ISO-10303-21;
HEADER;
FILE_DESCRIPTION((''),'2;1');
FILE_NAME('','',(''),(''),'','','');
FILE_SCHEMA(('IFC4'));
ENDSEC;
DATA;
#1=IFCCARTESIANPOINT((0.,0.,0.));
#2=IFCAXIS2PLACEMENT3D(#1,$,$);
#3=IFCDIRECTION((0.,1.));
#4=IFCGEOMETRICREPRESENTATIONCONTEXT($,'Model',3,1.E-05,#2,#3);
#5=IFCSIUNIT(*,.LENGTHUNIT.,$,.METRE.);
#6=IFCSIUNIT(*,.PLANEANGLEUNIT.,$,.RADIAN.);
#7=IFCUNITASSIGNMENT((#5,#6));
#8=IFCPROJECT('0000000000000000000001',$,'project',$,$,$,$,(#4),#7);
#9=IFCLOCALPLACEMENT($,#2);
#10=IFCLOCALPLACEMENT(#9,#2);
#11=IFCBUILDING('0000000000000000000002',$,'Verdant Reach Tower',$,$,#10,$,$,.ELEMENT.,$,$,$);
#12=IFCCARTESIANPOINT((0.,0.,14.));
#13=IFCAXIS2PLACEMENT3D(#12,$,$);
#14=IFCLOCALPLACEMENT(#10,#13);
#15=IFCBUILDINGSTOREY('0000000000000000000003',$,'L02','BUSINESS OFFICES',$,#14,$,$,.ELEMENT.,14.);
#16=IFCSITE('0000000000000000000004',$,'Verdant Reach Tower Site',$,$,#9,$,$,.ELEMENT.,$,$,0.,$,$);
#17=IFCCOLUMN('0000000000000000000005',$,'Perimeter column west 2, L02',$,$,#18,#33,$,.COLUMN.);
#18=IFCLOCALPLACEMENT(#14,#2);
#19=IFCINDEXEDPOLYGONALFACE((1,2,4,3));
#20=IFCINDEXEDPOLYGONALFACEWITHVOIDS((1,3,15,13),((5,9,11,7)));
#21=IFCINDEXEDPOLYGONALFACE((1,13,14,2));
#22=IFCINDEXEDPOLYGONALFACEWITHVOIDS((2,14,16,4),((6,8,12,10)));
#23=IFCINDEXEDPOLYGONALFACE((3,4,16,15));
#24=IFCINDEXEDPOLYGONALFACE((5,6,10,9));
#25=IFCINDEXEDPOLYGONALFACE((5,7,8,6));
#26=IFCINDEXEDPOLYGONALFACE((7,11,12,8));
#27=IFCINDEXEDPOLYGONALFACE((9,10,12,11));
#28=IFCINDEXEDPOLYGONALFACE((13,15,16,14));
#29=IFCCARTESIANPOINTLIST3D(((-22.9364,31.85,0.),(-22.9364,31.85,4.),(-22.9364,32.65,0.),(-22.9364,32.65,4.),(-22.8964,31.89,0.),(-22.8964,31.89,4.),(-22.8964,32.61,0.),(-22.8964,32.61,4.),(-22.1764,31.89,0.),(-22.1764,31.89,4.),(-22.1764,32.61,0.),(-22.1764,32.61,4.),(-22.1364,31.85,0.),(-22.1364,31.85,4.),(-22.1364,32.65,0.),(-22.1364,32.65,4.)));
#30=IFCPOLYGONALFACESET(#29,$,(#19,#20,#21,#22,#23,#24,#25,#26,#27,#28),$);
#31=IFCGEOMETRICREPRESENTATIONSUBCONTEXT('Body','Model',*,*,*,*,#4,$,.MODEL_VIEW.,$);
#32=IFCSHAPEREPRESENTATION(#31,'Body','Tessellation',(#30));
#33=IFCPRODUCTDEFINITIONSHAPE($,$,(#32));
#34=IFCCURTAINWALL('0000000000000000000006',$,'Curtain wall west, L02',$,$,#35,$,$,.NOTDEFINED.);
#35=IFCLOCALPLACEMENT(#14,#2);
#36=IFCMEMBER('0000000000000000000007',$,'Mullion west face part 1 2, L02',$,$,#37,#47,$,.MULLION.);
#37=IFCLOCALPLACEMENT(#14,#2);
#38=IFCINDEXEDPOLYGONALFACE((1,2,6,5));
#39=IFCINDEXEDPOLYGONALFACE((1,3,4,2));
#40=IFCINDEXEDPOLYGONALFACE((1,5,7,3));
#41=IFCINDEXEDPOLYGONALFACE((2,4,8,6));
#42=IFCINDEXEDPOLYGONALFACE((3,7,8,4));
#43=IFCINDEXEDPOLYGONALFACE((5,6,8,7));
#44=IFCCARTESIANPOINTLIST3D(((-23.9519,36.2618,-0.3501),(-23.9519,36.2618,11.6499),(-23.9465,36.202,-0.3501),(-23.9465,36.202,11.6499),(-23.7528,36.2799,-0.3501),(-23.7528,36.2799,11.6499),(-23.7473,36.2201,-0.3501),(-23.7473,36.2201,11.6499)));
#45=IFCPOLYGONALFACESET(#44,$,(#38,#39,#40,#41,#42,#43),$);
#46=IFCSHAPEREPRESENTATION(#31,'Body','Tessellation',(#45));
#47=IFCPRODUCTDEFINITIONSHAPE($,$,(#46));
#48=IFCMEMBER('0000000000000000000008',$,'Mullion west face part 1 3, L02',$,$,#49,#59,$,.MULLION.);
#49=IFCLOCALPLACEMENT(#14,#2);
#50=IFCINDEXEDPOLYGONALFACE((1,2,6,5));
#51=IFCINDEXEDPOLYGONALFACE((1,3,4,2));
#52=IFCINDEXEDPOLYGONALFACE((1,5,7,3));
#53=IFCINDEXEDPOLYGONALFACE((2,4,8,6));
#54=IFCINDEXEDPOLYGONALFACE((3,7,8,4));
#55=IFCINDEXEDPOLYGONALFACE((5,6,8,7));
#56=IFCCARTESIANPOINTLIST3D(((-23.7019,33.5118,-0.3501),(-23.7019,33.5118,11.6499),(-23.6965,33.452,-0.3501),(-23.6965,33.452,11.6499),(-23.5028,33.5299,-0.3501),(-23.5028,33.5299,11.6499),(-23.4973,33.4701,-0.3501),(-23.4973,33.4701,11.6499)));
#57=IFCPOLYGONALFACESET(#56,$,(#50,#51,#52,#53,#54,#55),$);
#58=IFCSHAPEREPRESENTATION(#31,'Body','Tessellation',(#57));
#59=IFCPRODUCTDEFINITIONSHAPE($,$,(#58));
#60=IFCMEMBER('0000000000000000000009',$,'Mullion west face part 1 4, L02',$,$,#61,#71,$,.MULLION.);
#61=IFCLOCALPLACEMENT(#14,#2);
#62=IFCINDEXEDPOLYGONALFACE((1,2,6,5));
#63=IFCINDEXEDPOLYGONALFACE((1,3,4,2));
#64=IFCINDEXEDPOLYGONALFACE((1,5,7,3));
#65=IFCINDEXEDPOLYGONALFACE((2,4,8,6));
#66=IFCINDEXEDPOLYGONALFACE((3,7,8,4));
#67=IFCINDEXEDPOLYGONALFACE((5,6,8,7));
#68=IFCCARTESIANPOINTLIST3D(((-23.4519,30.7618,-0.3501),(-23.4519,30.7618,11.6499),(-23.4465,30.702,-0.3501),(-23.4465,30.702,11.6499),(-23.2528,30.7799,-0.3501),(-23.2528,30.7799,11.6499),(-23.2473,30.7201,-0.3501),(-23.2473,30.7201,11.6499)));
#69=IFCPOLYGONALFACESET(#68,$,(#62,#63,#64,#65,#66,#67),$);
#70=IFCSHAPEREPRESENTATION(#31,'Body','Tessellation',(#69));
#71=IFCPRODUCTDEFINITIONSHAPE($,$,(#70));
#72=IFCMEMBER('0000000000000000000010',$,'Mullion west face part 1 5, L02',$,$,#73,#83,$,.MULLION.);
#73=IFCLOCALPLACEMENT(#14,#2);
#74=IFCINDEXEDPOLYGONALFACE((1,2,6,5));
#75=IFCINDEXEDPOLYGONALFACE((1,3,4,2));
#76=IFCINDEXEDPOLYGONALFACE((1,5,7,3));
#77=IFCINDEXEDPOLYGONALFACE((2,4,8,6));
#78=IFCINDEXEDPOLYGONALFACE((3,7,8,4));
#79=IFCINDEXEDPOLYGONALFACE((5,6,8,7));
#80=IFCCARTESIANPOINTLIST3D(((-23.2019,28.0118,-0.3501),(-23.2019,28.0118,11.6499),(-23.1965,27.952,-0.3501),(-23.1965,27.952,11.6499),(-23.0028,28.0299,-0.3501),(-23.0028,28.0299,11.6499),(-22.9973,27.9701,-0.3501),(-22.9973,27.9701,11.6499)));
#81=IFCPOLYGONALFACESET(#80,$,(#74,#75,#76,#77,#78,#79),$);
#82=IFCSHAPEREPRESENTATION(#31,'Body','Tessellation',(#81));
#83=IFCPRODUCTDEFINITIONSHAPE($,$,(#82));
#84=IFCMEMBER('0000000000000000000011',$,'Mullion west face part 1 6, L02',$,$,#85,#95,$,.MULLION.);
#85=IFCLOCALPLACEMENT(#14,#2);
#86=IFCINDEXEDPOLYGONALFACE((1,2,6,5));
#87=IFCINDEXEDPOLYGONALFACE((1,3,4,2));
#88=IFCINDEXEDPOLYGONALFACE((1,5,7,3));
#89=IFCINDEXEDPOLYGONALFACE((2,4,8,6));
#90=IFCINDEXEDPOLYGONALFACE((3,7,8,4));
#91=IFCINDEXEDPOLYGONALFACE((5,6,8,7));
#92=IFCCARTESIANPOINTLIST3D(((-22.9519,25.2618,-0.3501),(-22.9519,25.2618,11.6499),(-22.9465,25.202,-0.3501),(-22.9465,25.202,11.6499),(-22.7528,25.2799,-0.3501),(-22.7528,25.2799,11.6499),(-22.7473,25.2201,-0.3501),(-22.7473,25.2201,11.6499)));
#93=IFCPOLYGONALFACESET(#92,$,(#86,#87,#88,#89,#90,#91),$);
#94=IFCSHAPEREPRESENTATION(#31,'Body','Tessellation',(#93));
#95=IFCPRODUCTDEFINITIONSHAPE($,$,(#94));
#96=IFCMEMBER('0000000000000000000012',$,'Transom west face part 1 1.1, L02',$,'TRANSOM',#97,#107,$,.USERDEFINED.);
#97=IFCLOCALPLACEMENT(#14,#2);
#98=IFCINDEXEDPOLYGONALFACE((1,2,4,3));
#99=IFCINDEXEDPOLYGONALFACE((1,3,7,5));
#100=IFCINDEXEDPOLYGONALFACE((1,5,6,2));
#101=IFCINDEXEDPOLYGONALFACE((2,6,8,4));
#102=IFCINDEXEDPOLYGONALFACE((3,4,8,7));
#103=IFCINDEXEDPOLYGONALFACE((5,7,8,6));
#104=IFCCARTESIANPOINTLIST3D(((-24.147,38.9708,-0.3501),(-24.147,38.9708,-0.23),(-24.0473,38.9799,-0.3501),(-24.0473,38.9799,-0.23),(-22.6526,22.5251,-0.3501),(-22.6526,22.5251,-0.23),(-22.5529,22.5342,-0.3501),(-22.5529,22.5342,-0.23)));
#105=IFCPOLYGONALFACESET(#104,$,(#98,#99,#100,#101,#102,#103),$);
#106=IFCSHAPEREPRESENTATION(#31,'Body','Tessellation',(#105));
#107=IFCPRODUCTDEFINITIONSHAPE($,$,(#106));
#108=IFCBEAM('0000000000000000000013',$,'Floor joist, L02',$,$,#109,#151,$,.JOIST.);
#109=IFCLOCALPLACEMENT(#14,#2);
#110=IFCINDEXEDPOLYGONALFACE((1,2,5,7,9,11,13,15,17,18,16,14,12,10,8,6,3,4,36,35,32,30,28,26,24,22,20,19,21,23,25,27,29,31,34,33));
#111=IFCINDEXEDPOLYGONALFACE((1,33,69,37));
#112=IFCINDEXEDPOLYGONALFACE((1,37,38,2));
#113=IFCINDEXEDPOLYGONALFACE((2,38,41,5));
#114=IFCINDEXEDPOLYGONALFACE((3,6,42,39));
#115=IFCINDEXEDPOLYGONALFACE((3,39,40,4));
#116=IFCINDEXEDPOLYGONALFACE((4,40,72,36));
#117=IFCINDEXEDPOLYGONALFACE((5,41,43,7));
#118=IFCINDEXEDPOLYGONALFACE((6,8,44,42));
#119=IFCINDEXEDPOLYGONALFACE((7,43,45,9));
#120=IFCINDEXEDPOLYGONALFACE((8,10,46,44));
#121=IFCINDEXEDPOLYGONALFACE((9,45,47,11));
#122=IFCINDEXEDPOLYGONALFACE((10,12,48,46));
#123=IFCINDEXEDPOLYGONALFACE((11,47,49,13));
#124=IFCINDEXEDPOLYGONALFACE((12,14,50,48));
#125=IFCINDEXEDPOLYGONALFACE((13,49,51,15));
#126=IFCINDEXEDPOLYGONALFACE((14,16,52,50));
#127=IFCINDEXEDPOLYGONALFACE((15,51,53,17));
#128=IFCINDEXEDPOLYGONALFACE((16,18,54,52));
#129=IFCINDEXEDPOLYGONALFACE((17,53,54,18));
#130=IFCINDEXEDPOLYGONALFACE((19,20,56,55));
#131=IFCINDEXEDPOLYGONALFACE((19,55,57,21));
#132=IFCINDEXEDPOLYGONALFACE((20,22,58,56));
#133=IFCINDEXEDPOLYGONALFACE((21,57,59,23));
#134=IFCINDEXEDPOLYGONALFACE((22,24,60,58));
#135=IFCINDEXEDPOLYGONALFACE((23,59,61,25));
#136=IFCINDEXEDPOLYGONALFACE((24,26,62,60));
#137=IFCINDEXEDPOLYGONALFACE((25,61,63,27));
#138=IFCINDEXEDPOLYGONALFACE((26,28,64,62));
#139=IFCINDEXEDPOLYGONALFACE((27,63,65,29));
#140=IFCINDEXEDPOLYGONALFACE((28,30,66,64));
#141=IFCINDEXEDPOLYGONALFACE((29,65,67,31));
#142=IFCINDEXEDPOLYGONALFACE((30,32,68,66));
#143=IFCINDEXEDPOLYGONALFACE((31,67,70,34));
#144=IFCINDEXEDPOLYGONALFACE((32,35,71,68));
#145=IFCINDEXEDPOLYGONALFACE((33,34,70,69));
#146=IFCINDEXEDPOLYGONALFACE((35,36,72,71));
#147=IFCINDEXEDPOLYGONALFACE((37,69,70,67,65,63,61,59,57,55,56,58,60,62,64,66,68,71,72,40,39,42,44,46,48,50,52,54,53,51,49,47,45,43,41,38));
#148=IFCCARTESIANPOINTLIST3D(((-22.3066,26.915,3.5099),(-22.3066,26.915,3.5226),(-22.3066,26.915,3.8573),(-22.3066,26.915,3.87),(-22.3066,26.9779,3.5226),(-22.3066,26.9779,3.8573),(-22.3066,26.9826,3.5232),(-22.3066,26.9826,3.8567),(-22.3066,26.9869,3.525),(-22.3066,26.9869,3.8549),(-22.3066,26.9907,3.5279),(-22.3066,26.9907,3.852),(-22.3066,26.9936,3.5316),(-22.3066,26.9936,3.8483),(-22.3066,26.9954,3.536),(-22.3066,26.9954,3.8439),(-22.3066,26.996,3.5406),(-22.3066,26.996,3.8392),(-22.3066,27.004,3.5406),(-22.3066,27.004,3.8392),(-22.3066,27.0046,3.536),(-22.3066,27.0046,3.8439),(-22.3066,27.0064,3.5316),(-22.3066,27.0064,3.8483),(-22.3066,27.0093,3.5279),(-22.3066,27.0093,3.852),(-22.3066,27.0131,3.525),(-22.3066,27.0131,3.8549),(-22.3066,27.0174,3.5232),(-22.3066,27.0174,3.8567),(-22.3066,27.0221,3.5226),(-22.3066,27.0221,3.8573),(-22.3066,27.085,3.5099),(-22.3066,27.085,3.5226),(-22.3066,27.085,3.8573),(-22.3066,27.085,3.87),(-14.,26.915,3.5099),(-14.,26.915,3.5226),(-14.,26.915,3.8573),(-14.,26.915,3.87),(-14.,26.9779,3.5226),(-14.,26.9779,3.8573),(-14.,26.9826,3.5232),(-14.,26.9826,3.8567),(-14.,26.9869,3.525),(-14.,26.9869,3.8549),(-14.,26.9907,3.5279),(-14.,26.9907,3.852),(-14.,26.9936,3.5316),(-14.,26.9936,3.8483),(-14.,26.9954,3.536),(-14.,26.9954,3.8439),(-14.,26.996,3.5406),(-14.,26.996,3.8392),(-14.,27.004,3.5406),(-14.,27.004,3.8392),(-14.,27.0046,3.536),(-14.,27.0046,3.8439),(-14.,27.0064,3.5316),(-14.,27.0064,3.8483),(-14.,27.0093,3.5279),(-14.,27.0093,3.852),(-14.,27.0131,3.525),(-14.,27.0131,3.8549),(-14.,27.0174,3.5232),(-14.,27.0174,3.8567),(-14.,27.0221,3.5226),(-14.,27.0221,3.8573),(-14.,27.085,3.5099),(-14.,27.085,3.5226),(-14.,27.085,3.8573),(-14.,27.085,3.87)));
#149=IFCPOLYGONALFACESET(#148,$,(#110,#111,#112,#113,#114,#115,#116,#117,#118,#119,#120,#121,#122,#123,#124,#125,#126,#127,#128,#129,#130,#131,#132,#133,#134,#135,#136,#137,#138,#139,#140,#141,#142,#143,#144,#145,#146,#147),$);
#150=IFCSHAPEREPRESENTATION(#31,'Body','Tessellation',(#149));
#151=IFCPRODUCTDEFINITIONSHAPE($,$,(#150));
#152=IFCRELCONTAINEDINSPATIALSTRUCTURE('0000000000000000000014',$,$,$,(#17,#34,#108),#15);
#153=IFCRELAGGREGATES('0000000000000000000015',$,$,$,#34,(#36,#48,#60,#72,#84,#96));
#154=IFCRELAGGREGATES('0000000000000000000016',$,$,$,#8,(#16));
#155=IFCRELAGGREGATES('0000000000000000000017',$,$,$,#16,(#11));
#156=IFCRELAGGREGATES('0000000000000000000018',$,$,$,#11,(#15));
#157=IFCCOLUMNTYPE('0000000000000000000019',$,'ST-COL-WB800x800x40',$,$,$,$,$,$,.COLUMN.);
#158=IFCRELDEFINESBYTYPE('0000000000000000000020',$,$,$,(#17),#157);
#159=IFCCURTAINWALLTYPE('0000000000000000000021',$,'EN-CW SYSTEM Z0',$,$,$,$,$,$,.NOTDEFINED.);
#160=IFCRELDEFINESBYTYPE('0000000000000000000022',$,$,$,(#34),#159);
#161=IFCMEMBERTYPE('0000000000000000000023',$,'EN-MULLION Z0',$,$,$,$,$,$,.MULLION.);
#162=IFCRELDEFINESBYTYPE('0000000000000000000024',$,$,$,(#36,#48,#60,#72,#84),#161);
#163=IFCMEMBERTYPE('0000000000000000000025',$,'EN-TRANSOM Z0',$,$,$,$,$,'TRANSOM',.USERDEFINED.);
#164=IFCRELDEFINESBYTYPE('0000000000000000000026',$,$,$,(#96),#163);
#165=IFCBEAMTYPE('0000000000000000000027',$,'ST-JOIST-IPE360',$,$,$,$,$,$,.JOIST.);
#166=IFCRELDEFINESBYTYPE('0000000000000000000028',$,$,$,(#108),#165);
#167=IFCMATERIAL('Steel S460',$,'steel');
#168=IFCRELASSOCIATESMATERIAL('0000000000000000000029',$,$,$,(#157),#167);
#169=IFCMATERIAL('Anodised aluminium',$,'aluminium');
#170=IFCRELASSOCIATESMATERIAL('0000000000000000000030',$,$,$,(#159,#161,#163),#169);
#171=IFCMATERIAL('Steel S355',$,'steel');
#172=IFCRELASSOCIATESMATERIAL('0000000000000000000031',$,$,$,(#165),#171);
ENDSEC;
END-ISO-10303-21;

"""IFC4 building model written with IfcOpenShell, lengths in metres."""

from ifc_helpers import new_model, si_unit, direction, frame, origin, origin_2d, place, context, subcontext, project, spatial, rectangle, hollow_rectangle, i_section, extrude, material, material_profile, profile_set, type_object, element, aggregate, save


model = new_model("IFC4")

# Units and contexts
model_context = context("Model", 3, precision=1e-05, world=origin(), true_north=direction((0.0, 1.0)))
body_context = subcontext(model_context, "Body", "Model", "MODEL_VIEW")
ifc_project = project(units=[si_unit("LENGTHUNIT", "METRE"), si_unit("PLANEANGLEUNIT", "RADIAN")], contexts=[model_context])

# Site, building, storey
site_placement = place(None, origin())
site = spatial("IfcSite", under=ifc_project, at=site_placement, Name="Verdant Reach Tower Site", CompositionType="ELEMENT", RefElevation=0.0)
building_placement = place(site_placement, origin())
building = spatial("IfcBuilding", under=site, at=building_placement, Name="Verdant Reach Tower", CompositionType="ELEMENT")
storey_placement = place(building_placement, frame((0.0, 0.0, 14.0)))
storey = spatial("IfcBuildingStorey", under=building, at=storey_placement, Name="L02", Description="BUSINESS OFFICES", CompositionType="ELEMENT", Elevation=14.0)

# Column
ifc_material_1 = material(Name="Steel S460", Category="steel")
ifc_material_profile_1 = material_profile(ifc_material_1, hollow_rectangle(XDim=0.8, YDim=0.8, WallThickness=0.04, at=origin_2d()), Name="WB 800x800x40")
ifc_profile_set_1 = profile_set([ifc_material_profile_1], Name="Steel S460")
column_type = type_object("IfcColumnType", Name="ST-COL-WB800x800x40", PredefinedType="COLUMN", material=ifc_profile_set_1)
column_placement = place(storey_placement, frame((-22.5364, 32.25, 0.0), z_axis=(0.0, 0.0, 1.0), x_axis=(1.0, 0.0, 0.0)))
element("IfcColumn", 1, at=column_placement, inside=storey, type_object=column_type, Name="Perimeter column west 2, L02", PredefinedType="COLUMN", context=body_context, shape_type="SweptSolid", body=[
    extrude(hollow_rectangle(XDim=0.8, YDim=0.8, WallThickness=0.04, at=origin_2d()), origin(), (0.0, 0.0, 1.0), 4.0),
])

# Curtain wall, members
ifc_material_2 = material(Name="Anodised aluminium", Category="aluminium")
curtain_wall_type = type_object("IfcCurtainWallType", Name="EN-CW SYSTEM Z0", PredefinedType="NOTDEFINED", material=ifc_material_2)
curtain_wall_placement = place(storey_placement, origin())
curtain_wall = element("IfcCurtainWall", 2, at=curtain_wall_placement, inside=storey, type_object=curtain_wall_type, Name="Curtain wall west, L02", PredefinedType="NOTDEFINED")
ifc_material_profile_2 = material_profile(ifc_material_2, rectangle(XDim=0.2, YDim=0.0601, at=origin_2d()), Name="Mullion 60x200")
ifc_profile_set_2 = profile_set([ifc_material_profile_2], Name="Anodised aluminium")
member_type_1 = type_object("IfcMemberType", Name="EN-MULLION Z0", PredefinedType="MULLION", material=ifc_profile_set_2)
member_1_placement = place(storey_placement, frame((-23.8496, 36.241, -0.3501), z_axis=(0.0, 0.0, 1.0), x_axis=(-0.995893, -0.090536, 0.0)))
member_1 = element("IfcMember", 3, at=member_1_placement, type_object=member_type_1, Name="Mullion west face part 1 2, L02", PredefinedType="MULLION", context=body_context, shape_type="SweptSolid", body=[
    extrude(rectangle(XDim=0.2, YDim=0.0601, at=origin_2d()), origin(), (0.0, 0.0, 1.0), 12.0),
])
member_2_placement = place(storey_placement, frame((-23.5996, 33.491, -0.3501), z_axis=(0.0, 0.0, 1.0), x_axis=(-0.995893, -0.090536, 0.0)))
member_2 = element("IfcMember", 4, at=member_2_placement, type_object=member_type_1, Name="Mullion west face part 1 3, L02", PredefinedType="MULLION", context=body_context, shape_type="SweptSolid", body=[
    extrude(rectangle(XDim=0.2, YDim=0.0601, at=origin_2d()), origin(), (0.0, 0.0, 1.0), 12.0),
])
member_3_placement = place(storey_placement, frame((-23.3496, 30.741, -0.3501), z_axis=(0.0, 0.0, 1.0), x_axis=(-0.995893, -0.090536, 0.0)))
member_3 = element("IfcMember", 5, at=member_3_placement, type_object=member_type_1, Name="Mullion west face part 1 4, L02", PredefinedType="MULLION", context=body_context, shape_type="SweptSolid", body=[
    extrude(rectangle(XDim=0.2, YDim=0.0601, at=origin_2d()), origin(), (0.0, 0.0, 1.0), 12.0),
])
member_4_placement = place(storey_placement, frame((-23.0996, 27.991, -0.3501), z_axis=(0.0, 0.0, 1.0), x_axis=(-0.995893, -0.090536, 0.0)))
member_4 = element("IfcMember", 6, at=member_4_placement, type_object=member_type_1, Name="Mullion west face part 1 5, L02", PredefinedType="MULLION", context=body_context, shape_type="SweptSolid", body=[
    extrude(rectangle(XDim=0.2, YDim=0.0601, at=origin_2d()), origin(), (0.0, 0.0, 1.0), 12.0),
])
member_5_placement = place(storey_placement, frame((-22.8496, 25.241, -0.3501), z_axis=(0.0, 0.0, 1.0), x_axis=(-0.995893, -0.090536, 0.0)))
member_5 = element("IfcMember", 7, at=member_5_placement, type_object=member_type_1, Name="Mullion west face part 1 6, L02", PredefinedType="MULLION", context=body_context, shape_type="SweptSolid", body=[
    extrude(rectangle(XDim=0.2, YDim=0.0601, at=origin_2d()), origin(), (0.0, 0.0, 1.0), 12.0),
])
ifc_material_profile_3 = material_profile(ifc_material_2, rectangle(XDim=0.1001, YDim=0.1201, at=origin_2d()), Name="Transom 120x100")
ifc_profile_set_3 = profile_set([ifc_material_profile_3], Name="Anodised aluminium")
member_type_2 = type_object("IfcMemberType", Name="EN-TRANSOM Z0", ElementType="TRANSOM", PredefinedType="USERDEFINED", material=ifc_profile_set_3)
member_6_placement = place(storey_placement, frame((-24.0972, 38.9753, -0.29), z_axis=(0.090496, -0.995897, 0.0), x_axis=(0.995897, 0.090496, 0.0)))
member_6 = element("IfcMember", 8, at=member_6_placement, type_object=member_type_2, Name="Transom west face part 1 1.1, L02", ObjectType="TRANSOM", PredefinedType="USERDEFINED", context=body_context, shape_type="SweptSolid", body=[
    extrude(rectangle(XDim=0.1001, YDim=0.1201, at=origin_2d()), origin(), (0.0, 0.0, 1.0), 16.5134),
])

# Beam
ifc_material_3 = material(Name="Steel S355", Category="steel")
ifc_material_profile_4 = material_profile(ifc_material_3, i_section(OverallWidth=0.1699, OverallDepth=0.3601, WebThickness=0.0081, FlangeThickness=0.0127, FilletRadius=0.0181, at=origin_2d()), Name="IPE 360")
ifc_profile_set_4 = profile_set([ifc_material_profile_4], Name="Steel S355")
beam_type_1 = type_object("IfcBeamType", Name="ST-JOIST-IPE360", PredefinedType="JOIST", material=ifc_profile_set_4)
beam_1_placement = place(storey_placement, frame((-14.0, 27.0, 3.6899), z_axis=(-1.0, 0.0, 0.0), x_axis=(0.0, -1.0, 0.0)))
element("IfcBeam", 9, at=beam_1_placement, inside=storey, type_object=beam_type_1, Name="Floor joist, L02", PredefinedType="JOIST", context=body_context, shape_type="SweptSolid", body=[
    extrude(i_section(OverallWidth=0.1699, OverallDepth=0.3601, WebThickness=0.0081, FlangeThickness=0.0127, FilletRadius=0.0181, at=origin_2d()), origin(), (0.0, 0.0, 1.0), 8.3066),
])

aggregate(curtain_wall, [member_1, member_2, member_3, member_4, member_5, member_6])

save(model, "model.ifc")
